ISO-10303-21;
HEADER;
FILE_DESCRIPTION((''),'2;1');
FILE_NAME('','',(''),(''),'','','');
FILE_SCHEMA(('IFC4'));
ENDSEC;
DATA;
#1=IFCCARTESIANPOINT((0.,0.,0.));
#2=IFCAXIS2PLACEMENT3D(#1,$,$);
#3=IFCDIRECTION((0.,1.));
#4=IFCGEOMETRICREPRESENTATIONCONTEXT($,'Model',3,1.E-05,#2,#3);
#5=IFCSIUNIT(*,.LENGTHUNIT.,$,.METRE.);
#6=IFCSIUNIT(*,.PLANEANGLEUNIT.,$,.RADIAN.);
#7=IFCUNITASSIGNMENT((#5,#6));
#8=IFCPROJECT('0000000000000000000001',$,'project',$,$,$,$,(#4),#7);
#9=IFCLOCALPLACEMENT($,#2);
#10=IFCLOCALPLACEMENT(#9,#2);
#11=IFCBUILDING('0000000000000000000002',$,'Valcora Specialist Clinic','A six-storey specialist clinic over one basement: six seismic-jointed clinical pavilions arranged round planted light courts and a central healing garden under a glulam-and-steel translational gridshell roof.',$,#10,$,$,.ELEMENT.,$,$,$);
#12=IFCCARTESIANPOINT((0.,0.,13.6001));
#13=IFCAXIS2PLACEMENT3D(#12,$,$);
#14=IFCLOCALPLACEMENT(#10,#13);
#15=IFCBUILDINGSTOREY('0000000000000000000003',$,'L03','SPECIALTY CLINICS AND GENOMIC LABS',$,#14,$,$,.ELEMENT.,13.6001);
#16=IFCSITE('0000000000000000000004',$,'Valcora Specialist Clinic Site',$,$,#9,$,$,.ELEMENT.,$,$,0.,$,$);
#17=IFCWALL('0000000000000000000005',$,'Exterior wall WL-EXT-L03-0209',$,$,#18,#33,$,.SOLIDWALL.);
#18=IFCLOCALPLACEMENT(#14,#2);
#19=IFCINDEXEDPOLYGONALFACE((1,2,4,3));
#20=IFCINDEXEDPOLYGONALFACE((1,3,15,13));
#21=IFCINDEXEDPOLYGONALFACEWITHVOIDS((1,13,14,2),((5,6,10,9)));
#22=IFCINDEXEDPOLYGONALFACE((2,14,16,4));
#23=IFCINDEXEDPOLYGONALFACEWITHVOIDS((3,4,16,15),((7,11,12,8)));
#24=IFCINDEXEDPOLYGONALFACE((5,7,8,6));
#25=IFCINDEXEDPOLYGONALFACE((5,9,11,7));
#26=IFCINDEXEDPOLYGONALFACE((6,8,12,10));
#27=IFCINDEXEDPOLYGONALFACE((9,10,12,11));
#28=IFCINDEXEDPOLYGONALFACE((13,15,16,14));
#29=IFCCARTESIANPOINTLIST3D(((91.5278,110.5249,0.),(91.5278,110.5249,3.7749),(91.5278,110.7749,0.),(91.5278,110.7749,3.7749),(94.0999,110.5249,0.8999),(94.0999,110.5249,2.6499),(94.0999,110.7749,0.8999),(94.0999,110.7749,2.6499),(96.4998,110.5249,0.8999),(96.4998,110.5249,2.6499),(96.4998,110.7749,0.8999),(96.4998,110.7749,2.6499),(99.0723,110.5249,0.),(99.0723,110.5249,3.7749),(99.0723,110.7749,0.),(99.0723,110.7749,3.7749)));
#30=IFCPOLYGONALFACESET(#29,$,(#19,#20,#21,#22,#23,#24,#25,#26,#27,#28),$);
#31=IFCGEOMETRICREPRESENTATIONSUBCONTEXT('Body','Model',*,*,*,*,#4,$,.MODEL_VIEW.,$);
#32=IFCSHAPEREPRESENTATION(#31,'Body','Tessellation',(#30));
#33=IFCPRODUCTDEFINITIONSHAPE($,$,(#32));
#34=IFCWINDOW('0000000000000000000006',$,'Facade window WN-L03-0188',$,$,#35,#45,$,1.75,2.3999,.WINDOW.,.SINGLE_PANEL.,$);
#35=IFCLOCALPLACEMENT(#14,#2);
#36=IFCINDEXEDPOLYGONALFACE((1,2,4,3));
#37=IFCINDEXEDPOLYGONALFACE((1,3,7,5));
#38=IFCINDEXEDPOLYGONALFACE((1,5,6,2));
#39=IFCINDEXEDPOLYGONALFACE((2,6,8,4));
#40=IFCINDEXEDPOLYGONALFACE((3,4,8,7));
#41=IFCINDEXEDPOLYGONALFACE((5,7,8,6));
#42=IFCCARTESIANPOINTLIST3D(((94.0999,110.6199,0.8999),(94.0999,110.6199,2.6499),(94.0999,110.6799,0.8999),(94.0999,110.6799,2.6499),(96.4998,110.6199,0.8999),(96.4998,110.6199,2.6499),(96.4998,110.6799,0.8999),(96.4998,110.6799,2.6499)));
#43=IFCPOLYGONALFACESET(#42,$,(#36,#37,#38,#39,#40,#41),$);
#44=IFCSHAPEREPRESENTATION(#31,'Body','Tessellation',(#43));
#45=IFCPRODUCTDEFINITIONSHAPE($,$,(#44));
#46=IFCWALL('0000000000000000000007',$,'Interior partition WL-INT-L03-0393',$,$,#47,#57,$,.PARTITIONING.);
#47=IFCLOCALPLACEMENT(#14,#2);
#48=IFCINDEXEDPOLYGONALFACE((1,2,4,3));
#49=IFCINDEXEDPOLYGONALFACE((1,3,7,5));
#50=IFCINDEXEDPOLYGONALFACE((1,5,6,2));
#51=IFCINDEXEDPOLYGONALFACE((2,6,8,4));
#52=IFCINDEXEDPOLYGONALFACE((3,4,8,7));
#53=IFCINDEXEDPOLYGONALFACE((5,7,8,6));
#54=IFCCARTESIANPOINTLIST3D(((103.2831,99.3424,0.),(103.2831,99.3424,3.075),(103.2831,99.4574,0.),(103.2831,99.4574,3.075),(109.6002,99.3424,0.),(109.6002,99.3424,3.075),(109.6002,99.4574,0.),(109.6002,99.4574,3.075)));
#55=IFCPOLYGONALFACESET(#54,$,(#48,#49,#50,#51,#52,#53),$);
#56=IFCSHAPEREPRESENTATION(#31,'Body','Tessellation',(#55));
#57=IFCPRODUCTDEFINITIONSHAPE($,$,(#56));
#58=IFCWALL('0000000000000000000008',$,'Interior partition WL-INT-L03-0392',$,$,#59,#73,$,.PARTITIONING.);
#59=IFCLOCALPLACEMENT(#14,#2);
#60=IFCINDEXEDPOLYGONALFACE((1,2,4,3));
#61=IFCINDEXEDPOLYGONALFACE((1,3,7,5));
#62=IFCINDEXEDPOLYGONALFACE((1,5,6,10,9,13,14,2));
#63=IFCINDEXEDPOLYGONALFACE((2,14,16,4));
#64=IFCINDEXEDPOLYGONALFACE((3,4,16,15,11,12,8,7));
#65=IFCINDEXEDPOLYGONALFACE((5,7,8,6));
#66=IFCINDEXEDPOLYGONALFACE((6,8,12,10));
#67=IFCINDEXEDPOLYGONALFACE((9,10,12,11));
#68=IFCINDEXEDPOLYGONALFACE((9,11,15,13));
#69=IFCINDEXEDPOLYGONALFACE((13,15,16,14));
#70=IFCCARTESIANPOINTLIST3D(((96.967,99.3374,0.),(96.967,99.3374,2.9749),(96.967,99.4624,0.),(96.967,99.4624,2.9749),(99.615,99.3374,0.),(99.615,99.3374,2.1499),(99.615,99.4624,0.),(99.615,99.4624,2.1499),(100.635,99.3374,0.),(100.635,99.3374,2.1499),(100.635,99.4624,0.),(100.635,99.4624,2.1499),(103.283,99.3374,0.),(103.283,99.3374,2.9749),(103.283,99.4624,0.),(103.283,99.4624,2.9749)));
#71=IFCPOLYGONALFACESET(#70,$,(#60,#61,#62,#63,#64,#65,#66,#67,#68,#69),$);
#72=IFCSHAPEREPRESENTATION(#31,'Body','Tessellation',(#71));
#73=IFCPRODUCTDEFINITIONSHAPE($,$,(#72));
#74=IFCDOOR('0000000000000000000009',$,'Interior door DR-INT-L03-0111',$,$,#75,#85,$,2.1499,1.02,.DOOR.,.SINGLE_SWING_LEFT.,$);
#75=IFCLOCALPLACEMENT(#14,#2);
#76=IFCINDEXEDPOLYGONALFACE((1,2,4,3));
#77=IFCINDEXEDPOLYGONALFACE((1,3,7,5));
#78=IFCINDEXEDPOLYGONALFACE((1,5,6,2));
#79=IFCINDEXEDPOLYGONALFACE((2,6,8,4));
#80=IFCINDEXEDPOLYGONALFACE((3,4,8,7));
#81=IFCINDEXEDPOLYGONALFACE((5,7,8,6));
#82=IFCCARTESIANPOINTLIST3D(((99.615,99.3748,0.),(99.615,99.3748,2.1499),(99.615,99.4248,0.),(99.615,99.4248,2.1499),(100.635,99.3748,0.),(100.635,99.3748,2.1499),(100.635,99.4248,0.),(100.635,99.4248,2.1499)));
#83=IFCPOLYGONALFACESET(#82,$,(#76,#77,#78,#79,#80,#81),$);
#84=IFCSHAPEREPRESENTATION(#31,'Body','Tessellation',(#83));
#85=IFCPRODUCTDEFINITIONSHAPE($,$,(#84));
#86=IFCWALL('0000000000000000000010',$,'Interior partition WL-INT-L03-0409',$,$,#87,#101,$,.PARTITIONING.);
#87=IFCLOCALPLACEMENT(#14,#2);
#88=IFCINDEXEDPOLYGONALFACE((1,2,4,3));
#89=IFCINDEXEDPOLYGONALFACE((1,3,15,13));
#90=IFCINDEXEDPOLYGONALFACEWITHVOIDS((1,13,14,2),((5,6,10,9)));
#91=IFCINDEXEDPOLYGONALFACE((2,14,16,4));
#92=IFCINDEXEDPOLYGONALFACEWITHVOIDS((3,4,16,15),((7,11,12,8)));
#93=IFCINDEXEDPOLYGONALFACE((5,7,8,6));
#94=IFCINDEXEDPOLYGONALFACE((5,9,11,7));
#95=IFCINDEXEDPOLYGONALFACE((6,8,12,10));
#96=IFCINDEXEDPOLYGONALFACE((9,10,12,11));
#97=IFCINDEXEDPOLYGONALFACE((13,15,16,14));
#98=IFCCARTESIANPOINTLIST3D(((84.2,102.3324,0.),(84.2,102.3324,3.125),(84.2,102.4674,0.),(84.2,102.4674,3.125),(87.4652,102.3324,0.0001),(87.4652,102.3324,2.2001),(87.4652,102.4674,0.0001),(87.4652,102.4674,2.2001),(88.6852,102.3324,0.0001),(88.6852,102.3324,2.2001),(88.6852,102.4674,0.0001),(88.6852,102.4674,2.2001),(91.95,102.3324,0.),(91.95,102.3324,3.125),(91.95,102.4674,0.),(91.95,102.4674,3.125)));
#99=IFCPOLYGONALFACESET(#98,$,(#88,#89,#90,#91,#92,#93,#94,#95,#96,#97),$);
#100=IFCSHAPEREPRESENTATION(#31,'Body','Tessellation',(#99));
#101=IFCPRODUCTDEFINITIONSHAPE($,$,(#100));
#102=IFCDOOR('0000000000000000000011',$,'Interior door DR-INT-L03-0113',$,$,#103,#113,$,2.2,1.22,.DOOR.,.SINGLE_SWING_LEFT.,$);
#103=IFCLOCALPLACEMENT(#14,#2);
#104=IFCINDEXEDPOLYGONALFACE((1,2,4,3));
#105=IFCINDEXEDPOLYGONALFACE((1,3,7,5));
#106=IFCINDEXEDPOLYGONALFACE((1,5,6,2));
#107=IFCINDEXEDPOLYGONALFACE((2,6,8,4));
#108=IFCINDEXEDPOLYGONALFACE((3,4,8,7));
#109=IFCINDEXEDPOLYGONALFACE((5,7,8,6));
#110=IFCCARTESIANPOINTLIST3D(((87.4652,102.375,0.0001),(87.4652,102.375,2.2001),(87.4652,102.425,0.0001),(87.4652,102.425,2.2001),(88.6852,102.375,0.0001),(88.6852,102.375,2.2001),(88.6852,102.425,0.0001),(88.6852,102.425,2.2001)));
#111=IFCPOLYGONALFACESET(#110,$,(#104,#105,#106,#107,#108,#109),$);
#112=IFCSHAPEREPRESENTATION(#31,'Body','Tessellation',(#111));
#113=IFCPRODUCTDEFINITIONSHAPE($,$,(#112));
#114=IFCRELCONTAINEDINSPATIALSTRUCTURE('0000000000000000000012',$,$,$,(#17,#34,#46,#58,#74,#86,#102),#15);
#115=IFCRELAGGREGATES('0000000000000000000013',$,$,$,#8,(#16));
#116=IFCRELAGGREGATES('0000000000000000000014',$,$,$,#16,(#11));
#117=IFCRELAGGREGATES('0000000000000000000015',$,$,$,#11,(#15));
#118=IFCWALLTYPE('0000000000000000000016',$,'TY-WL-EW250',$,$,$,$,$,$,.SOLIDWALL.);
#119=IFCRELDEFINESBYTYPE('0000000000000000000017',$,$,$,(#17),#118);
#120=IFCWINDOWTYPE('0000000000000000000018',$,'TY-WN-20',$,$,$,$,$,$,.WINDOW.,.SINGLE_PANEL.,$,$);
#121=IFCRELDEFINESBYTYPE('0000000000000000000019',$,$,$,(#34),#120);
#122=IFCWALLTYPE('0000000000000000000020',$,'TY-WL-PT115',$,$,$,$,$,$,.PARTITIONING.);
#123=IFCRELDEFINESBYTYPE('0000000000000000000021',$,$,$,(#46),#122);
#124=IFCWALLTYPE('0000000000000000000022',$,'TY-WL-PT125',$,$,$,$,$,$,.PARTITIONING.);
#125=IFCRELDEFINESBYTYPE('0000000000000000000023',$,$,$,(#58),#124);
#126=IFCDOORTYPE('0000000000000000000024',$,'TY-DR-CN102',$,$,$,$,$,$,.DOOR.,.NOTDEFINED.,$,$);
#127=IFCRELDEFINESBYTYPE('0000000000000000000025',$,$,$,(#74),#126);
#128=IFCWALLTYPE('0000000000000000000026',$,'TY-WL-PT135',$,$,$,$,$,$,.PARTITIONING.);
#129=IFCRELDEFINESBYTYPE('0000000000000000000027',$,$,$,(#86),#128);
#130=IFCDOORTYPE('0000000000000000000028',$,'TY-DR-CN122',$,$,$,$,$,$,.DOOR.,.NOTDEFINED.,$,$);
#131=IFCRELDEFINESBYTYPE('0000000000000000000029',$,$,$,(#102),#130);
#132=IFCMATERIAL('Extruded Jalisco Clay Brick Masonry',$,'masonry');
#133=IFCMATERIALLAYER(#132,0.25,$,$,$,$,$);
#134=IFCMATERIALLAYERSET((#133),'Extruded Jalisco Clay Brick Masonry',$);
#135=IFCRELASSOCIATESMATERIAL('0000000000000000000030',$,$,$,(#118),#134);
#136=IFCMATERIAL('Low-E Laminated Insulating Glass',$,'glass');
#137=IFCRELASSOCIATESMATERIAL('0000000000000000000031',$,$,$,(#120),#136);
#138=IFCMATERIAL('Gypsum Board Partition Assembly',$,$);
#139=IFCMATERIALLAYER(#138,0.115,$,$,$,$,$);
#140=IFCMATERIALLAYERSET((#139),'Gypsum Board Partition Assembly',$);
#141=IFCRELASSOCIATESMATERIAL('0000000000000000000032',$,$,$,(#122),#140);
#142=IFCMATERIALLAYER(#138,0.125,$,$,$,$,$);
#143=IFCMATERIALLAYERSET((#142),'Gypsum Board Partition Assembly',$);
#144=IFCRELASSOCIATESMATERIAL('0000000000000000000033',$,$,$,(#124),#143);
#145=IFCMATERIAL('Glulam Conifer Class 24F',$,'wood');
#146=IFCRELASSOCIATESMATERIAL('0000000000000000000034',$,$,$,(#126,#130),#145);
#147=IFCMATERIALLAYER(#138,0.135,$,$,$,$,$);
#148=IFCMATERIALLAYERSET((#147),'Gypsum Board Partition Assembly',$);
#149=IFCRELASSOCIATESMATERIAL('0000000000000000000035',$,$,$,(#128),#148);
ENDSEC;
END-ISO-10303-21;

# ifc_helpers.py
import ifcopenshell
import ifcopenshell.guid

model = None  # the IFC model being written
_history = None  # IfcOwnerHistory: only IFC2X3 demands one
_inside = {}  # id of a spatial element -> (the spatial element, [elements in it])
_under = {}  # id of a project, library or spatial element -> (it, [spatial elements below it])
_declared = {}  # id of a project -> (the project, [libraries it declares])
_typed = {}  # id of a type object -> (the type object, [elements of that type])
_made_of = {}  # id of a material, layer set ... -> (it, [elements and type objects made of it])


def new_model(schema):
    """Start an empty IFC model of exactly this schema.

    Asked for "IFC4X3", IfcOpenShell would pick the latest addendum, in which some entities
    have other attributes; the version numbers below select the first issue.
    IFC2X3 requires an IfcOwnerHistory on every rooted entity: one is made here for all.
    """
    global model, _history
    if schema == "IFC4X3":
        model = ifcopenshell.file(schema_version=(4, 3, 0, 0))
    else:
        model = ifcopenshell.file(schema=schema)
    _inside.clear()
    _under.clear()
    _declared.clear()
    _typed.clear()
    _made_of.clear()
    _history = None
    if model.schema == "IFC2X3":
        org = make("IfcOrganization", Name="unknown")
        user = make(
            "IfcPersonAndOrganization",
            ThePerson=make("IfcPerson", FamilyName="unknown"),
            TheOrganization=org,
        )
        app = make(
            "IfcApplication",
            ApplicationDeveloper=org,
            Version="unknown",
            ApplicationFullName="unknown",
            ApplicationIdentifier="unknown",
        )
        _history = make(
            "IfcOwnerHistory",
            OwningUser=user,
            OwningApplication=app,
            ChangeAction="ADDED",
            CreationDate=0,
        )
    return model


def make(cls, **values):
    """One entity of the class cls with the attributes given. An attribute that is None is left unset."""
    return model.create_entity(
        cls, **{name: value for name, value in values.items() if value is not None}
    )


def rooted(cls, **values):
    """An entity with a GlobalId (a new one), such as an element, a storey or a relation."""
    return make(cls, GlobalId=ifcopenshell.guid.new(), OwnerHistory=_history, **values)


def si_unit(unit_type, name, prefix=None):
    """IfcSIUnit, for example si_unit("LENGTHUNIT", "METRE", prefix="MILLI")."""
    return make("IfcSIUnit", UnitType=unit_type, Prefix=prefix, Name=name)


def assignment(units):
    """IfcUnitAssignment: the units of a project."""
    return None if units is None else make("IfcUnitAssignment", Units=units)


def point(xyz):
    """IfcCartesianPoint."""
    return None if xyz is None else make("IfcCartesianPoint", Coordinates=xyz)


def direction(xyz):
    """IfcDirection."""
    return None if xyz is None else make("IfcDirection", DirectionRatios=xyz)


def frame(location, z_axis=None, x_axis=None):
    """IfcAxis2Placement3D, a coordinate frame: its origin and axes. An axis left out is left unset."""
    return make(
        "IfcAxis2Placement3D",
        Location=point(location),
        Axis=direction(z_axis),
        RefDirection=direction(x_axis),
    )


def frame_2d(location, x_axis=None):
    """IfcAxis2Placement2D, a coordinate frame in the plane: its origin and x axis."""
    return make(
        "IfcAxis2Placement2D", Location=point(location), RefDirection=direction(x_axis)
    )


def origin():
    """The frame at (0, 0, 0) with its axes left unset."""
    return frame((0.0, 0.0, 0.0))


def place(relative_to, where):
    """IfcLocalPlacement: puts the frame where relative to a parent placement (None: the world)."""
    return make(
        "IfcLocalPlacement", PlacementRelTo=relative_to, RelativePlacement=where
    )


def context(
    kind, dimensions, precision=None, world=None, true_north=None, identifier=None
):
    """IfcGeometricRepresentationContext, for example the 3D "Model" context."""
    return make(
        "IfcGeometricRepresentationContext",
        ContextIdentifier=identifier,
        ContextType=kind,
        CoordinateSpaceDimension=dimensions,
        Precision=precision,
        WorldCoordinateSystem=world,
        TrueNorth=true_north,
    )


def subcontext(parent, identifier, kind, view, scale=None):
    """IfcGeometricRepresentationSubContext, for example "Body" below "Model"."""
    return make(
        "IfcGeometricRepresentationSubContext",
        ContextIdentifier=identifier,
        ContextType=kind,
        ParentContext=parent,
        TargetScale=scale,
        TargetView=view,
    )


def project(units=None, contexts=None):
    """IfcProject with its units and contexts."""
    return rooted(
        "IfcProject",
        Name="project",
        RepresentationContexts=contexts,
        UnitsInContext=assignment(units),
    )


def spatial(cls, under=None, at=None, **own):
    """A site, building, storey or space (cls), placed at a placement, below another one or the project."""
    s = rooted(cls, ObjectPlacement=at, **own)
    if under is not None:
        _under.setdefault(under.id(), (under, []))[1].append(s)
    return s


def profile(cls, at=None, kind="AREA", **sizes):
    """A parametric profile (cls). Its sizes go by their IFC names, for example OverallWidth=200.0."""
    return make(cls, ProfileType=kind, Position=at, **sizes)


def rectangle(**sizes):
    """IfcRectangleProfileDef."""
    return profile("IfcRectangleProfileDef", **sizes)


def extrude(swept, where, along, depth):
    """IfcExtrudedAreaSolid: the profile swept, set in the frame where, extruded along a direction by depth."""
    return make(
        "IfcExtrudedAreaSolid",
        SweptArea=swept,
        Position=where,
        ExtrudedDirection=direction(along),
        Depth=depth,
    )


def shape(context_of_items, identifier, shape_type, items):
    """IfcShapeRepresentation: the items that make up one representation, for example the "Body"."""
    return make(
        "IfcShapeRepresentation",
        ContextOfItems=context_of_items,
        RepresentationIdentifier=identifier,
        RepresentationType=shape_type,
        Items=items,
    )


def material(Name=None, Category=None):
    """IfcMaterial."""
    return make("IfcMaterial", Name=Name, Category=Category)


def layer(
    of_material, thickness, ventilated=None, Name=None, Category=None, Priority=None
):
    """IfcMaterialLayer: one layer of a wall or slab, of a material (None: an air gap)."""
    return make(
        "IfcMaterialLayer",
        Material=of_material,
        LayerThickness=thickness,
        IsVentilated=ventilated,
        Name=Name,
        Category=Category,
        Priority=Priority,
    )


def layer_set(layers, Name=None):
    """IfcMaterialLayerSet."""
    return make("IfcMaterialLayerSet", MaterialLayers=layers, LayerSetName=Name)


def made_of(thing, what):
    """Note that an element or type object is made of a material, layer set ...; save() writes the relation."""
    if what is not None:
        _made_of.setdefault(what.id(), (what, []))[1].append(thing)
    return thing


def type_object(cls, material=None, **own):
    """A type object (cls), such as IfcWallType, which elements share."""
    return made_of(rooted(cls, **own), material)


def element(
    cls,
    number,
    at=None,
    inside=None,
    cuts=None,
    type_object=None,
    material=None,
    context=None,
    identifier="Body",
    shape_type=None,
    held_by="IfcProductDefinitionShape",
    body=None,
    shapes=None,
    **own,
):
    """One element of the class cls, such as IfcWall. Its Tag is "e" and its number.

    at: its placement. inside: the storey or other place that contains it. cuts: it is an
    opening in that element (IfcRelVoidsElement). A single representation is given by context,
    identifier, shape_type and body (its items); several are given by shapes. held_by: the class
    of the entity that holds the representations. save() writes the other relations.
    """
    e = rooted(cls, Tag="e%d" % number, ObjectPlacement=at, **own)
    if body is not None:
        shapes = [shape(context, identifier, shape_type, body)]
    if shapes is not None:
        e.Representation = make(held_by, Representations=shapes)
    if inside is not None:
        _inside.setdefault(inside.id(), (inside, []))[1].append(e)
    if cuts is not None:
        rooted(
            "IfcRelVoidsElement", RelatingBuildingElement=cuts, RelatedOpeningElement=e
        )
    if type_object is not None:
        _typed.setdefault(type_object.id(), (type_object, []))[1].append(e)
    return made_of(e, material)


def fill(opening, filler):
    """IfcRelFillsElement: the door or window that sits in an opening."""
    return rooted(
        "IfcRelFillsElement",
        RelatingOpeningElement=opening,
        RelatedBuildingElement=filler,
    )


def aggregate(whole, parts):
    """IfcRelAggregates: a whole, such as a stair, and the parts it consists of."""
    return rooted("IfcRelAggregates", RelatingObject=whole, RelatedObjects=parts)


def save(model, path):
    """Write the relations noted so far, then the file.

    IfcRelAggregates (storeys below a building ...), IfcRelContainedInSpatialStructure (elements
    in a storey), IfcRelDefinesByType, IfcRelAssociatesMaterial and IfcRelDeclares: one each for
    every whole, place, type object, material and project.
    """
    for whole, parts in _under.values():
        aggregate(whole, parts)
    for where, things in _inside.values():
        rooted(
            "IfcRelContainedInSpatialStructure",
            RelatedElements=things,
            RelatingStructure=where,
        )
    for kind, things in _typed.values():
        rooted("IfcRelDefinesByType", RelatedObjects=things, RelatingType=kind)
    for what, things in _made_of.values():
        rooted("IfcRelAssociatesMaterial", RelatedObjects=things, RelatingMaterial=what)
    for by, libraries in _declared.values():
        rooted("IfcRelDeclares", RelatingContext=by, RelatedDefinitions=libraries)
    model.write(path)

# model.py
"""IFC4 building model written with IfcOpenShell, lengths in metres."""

from ifc_helpers import new_model, si_unit, direction, frame, frame_2d, origin, place, context, subcontext, project, spatial, rectangle, extrude, material, layer, layer_set, type_object, element, fill, save


model = new_model("IFC4")

# Units and contexts
model_context = context("Model", 3, precision=1e-05, world=origin(), true_north=direction((0.0, 1.0)))
body_context = subcontext(model_context, "Body", "Model", "MODEL_VIEW")
ifc_project = project(units=[si_unit("LENGTHUNIT", "METRE"), si_unit("PLANEANGLEUNIT", "RADIAN")], contexts=[model_context])

# Site, building, storey
site_placement = place(None, origin())
site = spatial("IfcSite", under=ifc_project, at=site_placement, Name="Valcora Specialist Clinic Site", CompositionType="ELEMENT", RefElevation=0.0)
building_placement = place(site_placement, origin())
building = spatial("IfcBuilding", under=site, at=building_placement, Name="Valcora Specialist Clinic", Description="A six-storey specialist clinic over one basement: six seismic-jointed clinical pavilions arranged round planted light courts and a central healing garden under a glulam-and-steel translational gridshell roof.", CompositionType="ELEMENT")
storey_placement = place(building_placement, frame((0.0, 0.0, 13.6001)))
storey = spatial("IfcBuildingStorey", under=building, at=storey_placement, Name="L03", Description="SPECIALTY CLINICS AND GENOMIC LABS", CompositionType="ELEMENT", Elevation=13.6001)

# Wall, opening, window
ifc_material_1 = material(Name="Extruded Jalisco Clay Brick Masonry", Category="masonry")
ifc_material_2 = material(Name="Low-E Laminated Insulating Glass", Category="glass")
ifc_layer_1 = layer(ifc_material_1, 0.25)
ifc_layer_set_1 = layer_set([ifc_layer_1], Name="Extruded Jalisco Clay Brick Masonry")
wall_type_1 = type_object("IfcWallType", Name="TY-WL-EW250", PredefinedType="SOLIDWALL", material=ifc_layer_set_1)
wall_1_placement = place(storey_placement, frame((91.5278, 110.6499, 0.0), z_axis=(0.0, 0.0, 1.0), x_axis=(1.0, 0.0, 0.0)))
wall_1 = element("IfcWall", 1, at=wall_1_placement, inside=storey, type_object=wall_type_1, Name="Exterior wall WL-EXT-L03-0209", PredefinedType="SOLIDWALL", context=body_context, shape_type="SweptSolid", body=[
    extrude(rectangle(XDim=7.5444, YDim=0.25, at=frame_2d((3.7722, 0.0))), origin(), (0.0, 0.0, 1.0), 3.7749),
])
opening_1_placement = place(wall_1_placement, frame((2.572, 0.0, 0.8999)))
opening_1 = element("IfcOpeningElement", 2, at=opening_1_placement, cuts=wall_1, PredefinedType="OPENING", context=body_context, shape_type="SweptSolid", body=[
    extrude(rectangle(XDim=2.3999, YDim=1.75, at=frame_2d((1.2, 0.875))), frame((0.0, 0.135, 0.0), z_axis=(0.0, -1.0, 0.0), x_axis=(1.0, 0.0, 0.0)), (0.0, 0.0, 1.0), 0.27),
])
window_type_1 = type_object("IfcWindowType", Name="TY-WN-20", PartitioningType="SINGLE_PANEL", PredefinedType="WINDOW", material=ifc_material_2)
window_1_placement = place(opening_1_placement, origin())
window_1 = element("IfcWindow", 3, at=window_1_placement, inside=storey, type_object=window_type_1, Name="Facade window WN-L03-0188", OverallHeight=1.75, OverallWidth=2.3999, PartitioningType="SINGLE_PANEL", PredefinedType="WINDOW", context=body_context, shape_type="SweptSolid", body=[
    extrude(rectangle(XDim=2.3999, YDim=1.75, at=frame_2d((1.2, 0.875))), frame((0.0, 0.03, 0.0), z_axis=(0.0, -1.0, 0.0), x_axis=(1.0, 0.0, 0.0)), (0.0, 0.0, 1.0), 0.0601),
])
fill(opening_1, window_1)

# Wall
ifc_material_3 = material(Name="Gypsum Board Partition Assembly")
ifc_layer_2 = layer(ifc_material_3, 0.115)
ifc_layer_set_2 = layer_set([ifc_layer_2], Name="Gypsum Board Partition Assembly")
wall_type_2 = type_object("IfcWallType", Name="TY-WL-PT115", PredefinedType="PARTITIONING", material=ifc_layer_set_2)
wall_2_placement = place(storey_placement, frame((103.283, 99.3999, 0.0), z_axis=(0.0, 0.0, 1.0), x_axis=(1.0, 0.0, 0.0)))
element("IfcWall", 4, at=wall_2_placement, inside=storey, type_object=wall_type_2, Name="Interior partition WL-INT-L03-0393", PredefinedType="PARTITIONING", context=body_context, shape_type="SweptSolid", body=[
    extrude(rectangle(XDim=6.3171, YDim=0.115, at=frame_2d((3.1587, 0.0))), origin(), (0.0, 0.0, 1.0), 3.075),
])

# Walls, openings, doors
ifc_layer_3 = layer(ifc_material_3, 0.125)
ifc_layer_set_3 = layer_set([ifc_layer_3], Name="Gypsum Board Partition Assembly")
wall_type_3 = type_object("IfcWallType", Name="TY-WL-PT125", PredefinedType="PARTITIONING", material=ifc_layer_set_3)
wall_3_placement = place(storey_placement, frame((96.967, 99.3999, 0.0), z_axis=(0.0, 0.0, 1.0), x_axis=(1.0, 0.0, 0.0)))
wall_3 = element("IfcWall", 5, at=wall_3_placement, inside=storey, type_object=wall_type_3, Name="Interior partition WL-INT-L03-0392", PredefinedType="PARTITIONING", context=body_context, shape_type="SweptSolid", body=[
    extrude(rectangle(XDim=6.3159, YDim=0.125, at=frame_2d((3.158, 0.0))), origin(), (0.0, 0.0, 1.0), 2.9749),
])
opening_2_placement = place(wall_3_placement, frame((2.6479, 0.0, 0.0)))
opening_2 = element("IfcOpeningElement", 6, at=opening_2_placement, cuts=wall_3, PredefinedType="OPENING", context=body_context, shape_type="SweptSolid", body=[
    extrude(rectangle(XDim=1.02, YDim=2.1499, at=frame_2d((0.51, 1.075))), frame((0.0, 0.0725, 0.0), z_axis=(0.0, -1.0, 0.0), x_axis=(1.0, 0.0, 0.0)), (0.0, 0.0, 1.0), 0.145),
])
ifc_material_4 = material(Name="Glulam Conifer Class 24F", Category="wood")
door_type_1 = type_object("IfcDoorType", Name="TY-DR-CN102", OperationType="NOTDEFINED", PredefinedType="DOOR", material=ifc_material_4)
door_1_placement = place(opening_2_placement, origin())
door_1 = element("IfcDoor", 7, at=door_1_placement, inside=storey, type_object=door_type_1, Name="Interior door DR-INT-L03-0111", OperationType="SINGLE_SWING_LEFT", OverallHeight=2.1499, OverallWidth=1.02, PredefinedType="DOOR", context=body_context, shape_type="SweptSolid", body=[
    extrude(rectangle(XDim=1.02, YDim=2.1499, at=frame_2d((0.51, 1.075))), frame((0.0, 0.0249, 0.0), z_axis=(0.0, -1.0, 0.0), x_axis=(1.0, 0.0, 0.0)), (0.0, 0.0, 1.0), 0.05),
])
fill(opening_2, door_1)
ifc_layer_4 = layer(ifc_material_3, 0.135)
ifc_layer_set_4 = layer_set([ifc_layer_4], Name="Gypsum Board Partition Assembly")
wall_type_4 = type_object("IfcWallType", Name="TY-WL-PT135", PredefinedType="PARTITIONING", material=ifc_layer_set_4)
wall_4_placement = place(storey_placement, frame((91.95, 102.3999, 0.0), z_axis=(0.0, 0.0, 1.0), x_axis=(-1.0, 0.0, 0.0)))
wall_4 = element("IfcWall", 8, at=wall_4_placement, inside=storey, type_object=wall_type_4, Name="Interior partition WL-INT-L03-0409", PredefinedType="PARTITIONING", context=body_context, shape_type="SweptSolid", body=[
    extrude(rectangle(XDim=7.75, YDim=0.135, at=frame_2d((3.875, 0.0))), origin(), (0.0, 0.0, 1.0), 3.125),
])
opening_3_placement = place(wall_4_placement, frame((3.2649, 0.0, 0.0)))
opening_3 = element("IfcOpeningElement", 9, at=opening_3_placement, cuts=wall_4, PredefinedType="OPENING", context=body_context, shape_type="SweptSolid", body=[
    extrude(rectangle(XDim=1.22, YDim=2.2, at=frame_2d((0.6099, 1.1001))), frame((0.0, 0.0774, 0.0), z_axis=(0.0, -1.0, 0.0), x_axis=(1.0, 0.0, 0.0)), (0.0, 0.0, 1.0), 0.155),
])
door_type_2 = type_object("IfcDoorType", Name="TY-DR-CN122", OperationType="NOTDEFINED", PredefinedType="DOOR", material=ifc_material_4)
door_2_placement = place(opening_3_placement, origin())
door_2 = element("IfcDoor", 10, at=door_2_placement, inside=storey, type_object=door_type_2, Name="Interior door DR-INT-L03-0113", OperationType="SINGLE_SWING_LEFT", OverallHeight=2.2, OverallWidth=1.22, PredefinedType="DOOR", context=body_context, shape_type="SweptSolid", body=[
    extrude(rectangle(XDim=1.22, YDim=2.2, at=frame_2d((0.6099, 1.1001))), frame((0.0, 0.0249, 0.0), z_axis=(0.0, -1.0, 0.0), x_axis=(1.0, 0.0, 0.0)), (0.0, 0.0, 1.0), 0.05),
])
fill(opening_3, door_2)

save(model, "model.ifc")
